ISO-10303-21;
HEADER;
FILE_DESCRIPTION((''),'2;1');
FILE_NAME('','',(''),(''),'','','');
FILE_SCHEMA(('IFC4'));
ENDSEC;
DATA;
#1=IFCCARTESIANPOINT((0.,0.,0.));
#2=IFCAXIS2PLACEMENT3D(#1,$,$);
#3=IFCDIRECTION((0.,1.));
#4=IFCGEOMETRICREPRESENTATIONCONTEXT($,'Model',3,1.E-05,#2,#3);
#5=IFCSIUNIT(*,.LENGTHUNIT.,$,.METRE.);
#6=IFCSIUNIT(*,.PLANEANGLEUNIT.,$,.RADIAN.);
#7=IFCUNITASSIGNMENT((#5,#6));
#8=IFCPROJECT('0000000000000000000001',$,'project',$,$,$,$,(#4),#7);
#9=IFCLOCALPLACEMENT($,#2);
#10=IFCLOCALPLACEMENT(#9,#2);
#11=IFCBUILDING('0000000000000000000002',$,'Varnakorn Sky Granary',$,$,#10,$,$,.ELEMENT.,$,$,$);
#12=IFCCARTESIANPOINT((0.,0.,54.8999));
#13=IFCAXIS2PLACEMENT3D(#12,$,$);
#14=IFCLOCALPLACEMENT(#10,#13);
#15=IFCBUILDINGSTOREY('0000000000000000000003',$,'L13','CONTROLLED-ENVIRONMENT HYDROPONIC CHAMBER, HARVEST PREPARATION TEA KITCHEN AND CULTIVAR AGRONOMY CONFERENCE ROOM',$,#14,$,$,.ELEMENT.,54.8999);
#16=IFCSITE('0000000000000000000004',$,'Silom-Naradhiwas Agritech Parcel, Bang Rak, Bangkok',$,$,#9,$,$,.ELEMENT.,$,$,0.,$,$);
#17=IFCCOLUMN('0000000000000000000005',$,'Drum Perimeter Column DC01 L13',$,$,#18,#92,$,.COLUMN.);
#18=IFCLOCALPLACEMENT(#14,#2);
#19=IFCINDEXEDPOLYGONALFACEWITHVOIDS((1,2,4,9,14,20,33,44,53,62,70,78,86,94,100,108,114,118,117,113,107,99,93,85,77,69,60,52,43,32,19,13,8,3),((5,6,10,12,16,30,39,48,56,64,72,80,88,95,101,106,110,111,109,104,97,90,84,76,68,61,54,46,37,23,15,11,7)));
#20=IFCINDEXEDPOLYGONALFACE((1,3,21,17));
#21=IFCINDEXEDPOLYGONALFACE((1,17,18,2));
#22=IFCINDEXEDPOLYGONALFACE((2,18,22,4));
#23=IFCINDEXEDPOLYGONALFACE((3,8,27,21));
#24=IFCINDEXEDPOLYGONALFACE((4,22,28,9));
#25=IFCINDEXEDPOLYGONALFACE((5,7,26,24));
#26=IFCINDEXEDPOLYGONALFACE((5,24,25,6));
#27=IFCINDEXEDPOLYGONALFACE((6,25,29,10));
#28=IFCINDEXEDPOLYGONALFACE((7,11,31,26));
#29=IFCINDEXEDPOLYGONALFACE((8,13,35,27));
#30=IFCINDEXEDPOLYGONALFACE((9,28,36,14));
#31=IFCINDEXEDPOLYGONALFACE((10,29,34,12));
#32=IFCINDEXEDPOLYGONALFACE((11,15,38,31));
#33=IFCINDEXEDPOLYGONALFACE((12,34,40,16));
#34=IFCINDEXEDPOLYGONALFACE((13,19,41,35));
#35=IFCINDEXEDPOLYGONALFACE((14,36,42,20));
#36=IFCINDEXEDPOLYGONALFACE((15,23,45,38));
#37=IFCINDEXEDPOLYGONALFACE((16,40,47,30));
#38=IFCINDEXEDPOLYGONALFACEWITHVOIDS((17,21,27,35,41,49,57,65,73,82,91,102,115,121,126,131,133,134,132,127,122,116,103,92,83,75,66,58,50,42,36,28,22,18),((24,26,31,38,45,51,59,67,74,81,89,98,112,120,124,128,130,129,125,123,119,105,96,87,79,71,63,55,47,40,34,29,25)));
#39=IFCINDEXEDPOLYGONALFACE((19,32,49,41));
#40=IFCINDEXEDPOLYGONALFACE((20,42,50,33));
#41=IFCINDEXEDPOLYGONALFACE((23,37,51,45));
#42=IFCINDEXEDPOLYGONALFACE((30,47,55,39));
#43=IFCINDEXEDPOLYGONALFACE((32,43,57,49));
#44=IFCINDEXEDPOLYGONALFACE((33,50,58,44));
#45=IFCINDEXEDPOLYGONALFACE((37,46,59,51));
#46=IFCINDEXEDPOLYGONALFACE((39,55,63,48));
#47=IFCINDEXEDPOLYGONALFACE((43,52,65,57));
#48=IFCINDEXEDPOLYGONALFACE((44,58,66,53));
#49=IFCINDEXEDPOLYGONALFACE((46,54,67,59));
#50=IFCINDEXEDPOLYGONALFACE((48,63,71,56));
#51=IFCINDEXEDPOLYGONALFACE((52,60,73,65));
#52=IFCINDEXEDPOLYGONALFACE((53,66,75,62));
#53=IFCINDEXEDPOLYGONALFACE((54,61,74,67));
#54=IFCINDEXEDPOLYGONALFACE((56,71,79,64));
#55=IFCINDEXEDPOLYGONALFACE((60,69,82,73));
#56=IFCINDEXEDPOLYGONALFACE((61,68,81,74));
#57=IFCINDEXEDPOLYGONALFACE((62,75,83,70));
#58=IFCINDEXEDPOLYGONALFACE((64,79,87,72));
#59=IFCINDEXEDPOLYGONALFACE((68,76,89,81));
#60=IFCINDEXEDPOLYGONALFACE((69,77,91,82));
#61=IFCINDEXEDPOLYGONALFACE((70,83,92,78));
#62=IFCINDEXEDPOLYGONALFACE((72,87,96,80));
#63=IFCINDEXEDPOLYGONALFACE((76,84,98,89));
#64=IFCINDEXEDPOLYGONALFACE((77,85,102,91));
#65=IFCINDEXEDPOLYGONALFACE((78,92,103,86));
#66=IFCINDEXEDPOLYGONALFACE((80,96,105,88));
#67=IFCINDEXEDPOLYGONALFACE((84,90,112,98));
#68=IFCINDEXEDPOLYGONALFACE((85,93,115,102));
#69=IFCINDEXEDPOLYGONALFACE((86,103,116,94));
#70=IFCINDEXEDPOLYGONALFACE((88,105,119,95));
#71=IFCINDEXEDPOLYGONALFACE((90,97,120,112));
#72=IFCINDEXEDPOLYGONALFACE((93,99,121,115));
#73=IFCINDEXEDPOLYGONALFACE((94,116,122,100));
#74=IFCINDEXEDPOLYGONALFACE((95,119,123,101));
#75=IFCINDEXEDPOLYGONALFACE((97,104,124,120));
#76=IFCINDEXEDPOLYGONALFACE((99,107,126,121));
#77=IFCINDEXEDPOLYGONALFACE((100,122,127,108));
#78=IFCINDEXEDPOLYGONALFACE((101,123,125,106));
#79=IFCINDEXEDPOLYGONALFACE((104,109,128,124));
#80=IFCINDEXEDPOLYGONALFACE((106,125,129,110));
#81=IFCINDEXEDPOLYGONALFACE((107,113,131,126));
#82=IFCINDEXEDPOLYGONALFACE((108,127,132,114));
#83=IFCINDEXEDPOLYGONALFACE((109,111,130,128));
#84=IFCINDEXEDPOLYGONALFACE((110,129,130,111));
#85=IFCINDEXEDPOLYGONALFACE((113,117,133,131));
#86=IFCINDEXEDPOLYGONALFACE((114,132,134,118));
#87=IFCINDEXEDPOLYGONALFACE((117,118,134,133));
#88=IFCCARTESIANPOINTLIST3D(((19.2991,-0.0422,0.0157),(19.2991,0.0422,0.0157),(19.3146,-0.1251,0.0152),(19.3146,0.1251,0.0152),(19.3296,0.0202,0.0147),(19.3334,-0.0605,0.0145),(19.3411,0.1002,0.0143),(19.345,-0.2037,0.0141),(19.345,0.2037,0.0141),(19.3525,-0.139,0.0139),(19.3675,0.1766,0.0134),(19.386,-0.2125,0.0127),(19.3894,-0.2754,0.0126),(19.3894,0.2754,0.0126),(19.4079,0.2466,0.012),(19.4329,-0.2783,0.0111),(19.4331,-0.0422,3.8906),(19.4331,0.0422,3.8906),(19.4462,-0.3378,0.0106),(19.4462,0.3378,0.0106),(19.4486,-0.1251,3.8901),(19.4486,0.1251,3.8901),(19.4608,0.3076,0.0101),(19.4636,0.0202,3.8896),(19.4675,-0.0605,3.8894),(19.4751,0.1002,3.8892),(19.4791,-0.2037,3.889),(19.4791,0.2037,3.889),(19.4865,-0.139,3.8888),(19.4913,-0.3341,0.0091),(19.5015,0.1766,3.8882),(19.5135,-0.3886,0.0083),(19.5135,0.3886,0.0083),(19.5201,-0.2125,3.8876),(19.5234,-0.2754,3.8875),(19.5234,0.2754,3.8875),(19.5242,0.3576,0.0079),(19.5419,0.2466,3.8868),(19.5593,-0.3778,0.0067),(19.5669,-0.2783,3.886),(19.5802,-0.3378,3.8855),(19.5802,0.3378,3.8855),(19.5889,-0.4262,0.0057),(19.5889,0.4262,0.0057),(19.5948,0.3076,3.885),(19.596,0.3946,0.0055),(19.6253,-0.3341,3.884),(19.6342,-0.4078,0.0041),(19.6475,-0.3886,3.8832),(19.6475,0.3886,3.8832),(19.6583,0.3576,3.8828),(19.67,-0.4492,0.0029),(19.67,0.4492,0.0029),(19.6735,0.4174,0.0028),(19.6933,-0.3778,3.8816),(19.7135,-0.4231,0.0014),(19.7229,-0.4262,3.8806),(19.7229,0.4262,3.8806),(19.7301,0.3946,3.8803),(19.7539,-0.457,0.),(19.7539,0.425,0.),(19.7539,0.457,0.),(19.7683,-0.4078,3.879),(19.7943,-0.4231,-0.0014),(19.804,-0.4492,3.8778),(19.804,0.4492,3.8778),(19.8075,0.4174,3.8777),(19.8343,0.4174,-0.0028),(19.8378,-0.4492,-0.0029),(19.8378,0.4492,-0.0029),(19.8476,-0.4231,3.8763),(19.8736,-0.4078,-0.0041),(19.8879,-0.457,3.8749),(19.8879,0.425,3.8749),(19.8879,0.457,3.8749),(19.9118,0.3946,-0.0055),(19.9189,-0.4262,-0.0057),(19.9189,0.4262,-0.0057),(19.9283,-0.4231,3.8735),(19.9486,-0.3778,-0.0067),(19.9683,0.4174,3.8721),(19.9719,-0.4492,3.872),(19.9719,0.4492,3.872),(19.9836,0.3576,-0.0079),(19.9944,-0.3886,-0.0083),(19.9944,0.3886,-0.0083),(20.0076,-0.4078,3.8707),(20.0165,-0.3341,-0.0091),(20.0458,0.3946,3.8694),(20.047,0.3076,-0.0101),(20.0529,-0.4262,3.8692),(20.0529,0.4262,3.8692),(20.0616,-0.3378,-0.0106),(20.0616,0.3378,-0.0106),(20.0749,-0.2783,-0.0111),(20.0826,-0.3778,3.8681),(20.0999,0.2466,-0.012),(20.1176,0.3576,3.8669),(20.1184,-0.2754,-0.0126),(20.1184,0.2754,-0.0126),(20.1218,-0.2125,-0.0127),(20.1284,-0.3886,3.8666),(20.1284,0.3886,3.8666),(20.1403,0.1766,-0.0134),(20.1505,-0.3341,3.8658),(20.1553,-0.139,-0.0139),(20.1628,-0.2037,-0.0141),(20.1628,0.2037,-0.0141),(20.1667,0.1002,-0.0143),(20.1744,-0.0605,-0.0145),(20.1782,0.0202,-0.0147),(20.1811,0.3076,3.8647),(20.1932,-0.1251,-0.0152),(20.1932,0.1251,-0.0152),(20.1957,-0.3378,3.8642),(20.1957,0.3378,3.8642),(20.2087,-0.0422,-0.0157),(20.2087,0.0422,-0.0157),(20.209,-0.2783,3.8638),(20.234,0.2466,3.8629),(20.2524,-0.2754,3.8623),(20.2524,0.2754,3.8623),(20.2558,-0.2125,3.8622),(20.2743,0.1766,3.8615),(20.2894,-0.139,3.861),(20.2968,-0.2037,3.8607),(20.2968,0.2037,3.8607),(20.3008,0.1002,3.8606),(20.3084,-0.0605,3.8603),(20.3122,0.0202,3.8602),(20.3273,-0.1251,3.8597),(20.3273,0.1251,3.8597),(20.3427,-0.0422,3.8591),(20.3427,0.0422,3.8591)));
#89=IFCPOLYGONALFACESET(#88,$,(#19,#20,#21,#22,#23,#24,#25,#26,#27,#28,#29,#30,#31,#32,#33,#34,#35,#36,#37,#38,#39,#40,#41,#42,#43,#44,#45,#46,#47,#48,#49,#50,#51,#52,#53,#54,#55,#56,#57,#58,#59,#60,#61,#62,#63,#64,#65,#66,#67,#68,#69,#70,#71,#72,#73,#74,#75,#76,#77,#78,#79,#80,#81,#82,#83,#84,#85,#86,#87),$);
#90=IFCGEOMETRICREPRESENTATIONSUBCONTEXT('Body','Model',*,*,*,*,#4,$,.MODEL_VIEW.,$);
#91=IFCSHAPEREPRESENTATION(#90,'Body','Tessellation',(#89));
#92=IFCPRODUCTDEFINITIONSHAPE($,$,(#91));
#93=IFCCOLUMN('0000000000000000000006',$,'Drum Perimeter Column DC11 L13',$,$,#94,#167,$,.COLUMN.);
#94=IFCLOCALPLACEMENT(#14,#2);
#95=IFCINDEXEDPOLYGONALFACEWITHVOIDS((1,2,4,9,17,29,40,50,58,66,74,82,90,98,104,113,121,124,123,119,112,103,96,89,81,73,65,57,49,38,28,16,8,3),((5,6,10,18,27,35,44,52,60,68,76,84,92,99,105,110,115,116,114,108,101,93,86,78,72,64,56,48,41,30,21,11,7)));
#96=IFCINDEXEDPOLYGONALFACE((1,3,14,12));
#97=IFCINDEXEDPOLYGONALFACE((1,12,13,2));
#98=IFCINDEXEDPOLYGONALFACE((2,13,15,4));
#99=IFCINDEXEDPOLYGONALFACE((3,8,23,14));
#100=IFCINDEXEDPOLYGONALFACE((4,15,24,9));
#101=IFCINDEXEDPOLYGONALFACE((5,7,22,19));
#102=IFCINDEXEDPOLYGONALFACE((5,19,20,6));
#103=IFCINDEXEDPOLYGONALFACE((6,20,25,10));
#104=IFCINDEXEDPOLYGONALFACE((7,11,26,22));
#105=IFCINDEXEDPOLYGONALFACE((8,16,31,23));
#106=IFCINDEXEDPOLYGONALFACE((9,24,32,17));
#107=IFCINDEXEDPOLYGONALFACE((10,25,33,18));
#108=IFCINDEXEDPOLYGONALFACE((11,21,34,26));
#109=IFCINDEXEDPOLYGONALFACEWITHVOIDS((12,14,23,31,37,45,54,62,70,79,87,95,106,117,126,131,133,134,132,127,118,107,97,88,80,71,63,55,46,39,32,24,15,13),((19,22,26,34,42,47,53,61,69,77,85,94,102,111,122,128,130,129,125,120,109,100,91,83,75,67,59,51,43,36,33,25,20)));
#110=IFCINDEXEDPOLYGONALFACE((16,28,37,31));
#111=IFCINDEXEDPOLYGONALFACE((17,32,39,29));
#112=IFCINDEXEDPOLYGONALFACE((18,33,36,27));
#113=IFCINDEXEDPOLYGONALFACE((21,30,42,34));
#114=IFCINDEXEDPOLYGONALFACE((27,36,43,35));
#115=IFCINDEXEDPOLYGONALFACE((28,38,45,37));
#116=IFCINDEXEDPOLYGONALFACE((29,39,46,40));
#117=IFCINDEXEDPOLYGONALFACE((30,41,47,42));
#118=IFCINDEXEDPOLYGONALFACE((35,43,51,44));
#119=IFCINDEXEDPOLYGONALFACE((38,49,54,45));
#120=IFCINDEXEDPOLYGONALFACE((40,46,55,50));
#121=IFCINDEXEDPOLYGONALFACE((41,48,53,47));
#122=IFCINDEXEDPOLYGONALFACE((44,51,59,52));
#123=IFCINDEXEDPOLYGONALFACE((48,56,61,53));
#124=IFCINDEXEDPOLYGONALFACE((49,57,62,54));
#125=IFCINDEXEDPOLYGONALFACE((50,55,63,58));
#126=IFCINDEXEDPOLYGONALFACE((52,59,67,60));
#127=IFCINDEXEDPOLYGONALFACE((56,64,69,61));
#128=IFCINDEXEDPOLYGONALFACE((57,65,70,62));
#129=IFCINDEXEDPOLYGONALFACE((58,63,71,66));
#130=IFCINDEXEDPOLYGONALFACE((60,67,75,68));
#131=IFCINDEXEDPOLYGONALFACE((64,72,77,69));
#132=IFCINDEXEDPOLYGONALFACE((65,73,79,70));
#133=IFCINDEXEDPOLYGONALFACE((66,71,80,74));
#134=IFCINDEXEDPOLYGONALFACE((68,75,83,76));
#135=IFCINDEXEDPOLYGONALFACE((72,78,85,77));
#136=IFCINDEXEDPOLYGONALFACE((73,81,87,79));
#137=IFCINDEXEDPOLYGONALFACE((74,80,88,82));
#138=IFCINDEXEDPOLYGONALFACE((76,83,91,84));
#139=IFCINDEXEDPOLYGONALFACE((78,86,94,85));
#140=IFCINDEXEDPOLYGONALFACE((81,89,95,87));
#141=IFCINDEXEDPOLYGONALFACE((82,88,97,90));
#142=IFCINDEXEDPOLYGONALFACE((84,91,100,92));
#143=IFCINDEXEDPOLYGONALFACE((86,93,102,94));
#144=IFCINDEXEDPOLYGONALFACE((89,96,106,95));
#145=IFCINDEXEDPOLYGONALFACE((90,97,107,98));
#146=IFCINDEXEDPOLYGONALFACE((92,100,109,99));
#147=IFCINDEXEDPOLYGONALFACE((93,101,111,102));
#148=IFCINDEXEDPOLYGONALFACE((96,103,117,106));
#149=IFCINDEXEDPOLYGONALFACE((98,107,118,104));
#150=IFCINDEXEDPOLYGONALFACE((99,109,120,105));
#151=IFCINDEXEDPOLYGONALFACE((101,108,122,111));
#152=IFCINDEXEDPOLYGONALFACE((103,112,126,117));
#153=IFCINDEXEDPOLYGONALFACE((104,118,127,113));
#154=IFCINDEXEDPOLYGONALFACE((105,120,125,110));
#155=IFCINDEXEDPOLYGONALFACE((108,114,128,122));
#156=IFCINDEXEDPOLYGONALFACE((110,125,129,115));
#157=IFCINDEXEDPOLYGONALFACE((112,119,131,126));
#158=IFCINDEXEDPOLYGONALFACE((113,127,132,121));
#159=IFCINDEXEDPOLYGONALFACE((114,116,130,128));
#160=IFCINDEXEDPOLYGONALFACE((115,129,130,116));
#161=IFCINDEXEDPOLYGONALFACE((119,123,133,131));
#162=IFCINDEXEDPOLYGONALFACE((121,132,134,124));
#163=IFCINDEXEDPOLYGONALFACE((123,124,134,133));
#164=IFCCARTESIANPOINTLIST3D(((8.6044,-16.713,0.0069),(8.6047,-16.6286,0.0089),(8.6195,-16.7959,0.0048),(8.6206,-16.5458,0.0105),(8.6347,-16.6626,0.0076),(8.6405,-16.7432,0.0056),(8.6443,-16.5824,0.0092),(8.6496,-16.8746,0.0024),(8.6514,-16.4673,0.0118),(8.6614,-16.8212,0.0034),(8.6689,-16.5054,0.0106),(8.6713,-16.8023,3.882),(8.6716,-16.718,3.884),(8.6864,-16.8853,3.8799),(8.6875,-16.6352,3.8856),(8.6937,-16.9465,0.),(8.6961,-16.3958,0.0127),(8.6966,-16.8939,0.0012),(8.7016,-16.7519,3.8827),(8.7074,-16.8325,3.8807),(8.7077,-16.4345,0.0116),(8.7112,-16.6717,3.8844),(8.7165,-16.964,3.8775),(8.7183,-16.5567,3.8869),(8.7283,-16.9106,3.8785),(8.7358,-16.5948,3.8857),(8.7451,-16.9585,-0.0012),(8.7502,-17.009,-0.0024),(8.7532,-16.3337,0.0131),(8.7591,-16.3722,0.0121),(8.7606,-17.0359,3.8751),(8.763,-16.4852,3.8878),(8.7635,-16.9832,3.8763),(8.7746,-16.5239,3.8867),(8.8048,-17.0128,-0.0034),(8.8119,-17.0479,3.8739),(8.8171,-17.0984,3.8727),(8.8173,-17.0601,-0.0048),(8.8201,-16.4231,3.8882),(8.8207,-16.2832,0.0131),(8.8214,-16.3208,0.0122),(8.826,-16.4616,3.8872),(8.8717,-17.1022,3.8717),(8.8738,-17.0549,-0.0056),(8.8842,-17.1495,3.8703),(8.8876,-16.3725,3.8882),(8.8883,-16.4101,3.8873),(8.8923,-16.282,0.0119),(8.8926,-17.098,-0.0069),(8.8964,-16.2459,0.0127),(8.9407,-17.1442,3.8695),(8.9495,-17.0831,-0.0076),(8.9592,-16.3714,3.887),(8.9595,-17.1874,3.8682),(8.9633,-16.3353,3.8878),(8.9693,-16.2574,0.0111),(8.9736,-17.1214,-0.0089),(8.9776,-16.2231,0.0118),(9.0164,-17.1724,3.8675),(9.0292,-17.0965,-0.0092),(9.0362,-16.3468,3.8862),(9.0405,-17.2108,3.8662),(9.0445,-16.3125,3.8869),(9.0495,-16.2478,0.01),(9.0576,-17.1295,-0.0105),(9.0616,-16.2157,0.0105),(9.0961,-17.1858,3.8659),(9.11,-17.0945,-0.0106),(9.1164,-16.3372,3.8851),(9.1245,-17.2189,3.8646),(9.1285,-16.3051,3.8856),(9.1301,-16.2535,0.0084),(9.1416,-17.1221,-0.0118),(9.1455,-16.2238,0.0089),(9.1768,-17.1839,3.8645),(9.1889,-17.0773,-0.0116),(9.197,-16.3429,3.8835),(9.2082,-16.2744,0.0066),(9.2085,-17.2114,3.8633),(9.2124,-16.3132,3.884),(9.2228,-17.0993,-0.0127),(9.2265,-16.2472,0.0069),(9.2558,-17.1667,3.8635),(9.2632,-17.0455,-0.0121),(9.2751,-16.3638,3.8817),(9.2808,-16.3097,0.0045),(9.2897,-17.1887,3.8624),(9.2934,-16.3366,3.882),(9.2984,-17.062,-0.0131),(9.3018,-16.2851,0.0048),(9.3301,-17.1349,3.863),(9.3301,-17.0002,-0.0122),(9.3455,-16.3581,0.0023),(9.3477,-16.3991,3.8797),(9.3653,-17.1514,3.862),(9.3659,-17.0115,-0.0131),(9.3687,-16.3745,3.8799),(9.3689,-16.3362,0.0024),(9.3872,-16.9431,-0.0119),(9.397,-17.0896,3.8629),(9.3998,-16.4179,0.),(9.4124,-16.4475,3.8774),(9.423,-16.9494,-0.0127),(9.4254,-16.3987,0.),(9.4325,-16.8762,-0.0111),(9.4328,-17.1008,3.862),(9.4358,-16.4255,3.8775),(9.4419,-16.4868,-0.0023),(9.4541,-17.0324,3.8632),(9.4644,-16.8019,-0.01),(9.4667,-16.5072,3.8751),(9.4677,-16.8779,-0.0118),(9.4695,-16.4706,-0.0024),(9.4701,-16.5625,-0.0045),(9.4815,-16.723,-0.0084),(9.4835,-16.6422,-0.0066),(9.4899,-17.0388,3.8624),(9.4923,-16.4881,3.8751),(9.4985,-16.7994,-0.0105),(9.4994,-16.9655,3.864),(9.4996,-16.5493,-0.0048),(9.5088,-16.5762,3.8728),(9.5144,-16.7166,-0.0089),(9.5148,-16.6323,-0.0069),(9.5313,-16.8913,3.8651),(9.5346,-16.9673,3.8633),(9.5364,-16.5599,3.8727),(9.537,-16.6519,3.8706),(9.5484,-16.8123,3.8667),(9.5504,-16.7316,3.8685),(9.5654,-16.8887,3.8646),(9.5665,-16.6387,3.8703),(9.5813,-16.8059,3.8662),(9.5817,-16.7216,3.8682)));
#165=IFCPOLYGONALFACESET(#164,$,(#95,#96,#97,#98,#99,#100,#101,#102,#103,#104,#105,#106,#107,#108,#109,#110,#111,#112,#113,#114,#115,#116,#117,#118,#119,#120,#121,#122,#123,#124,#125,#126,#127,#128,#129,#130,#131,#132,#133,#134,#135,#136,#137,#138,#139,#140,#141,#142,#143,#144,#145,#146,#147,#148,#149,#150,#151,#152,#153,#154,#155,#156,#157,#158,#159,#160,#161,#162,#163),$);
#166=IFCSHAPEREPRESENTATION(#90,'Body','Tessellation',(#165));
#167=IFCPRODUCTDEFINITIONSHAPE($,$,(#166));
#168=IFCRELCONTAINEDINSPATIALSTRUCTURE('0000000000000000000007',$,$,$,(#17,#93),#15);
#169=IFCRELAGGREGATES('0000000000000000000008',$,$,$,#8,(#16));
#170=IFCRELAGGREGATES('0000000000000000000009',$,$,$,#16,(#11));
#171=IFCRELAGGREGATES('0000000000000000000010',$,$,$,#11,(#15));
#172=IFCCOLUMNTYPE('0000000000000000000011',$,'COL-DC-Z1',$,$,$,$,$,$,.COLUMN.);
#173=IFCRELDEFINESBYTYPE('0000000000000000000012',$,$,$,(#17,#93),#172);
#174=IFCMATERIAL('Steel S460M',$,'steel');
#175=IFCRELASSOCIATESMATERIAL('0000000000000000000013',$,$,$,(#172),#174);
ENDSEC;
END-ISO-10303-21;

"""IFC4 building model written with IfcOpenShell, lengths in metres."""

from ifc_helpers import new_model, si_unit, direction, frame, origin, origin_2d, place, context, subcontext, project, spatial, hollow_circle, extrude, material, material_profile, profile_set, type_object, element, save


model = new_model("IFC4")

# Units and contexts
model_context = context("Model", 3, precision=1e-05, world=origin(), true_north=direction((0.0, 1.0)))
body_context = subcontext(model_context, "Body", "Model", "MODEL_VIEW")
ifc_project = project(units=[si_unit("LENGTHUNIT", "METRE"), si_unit("PLANEANGLEUNIT", "RADIAN")], contexts=[model_context])

# Site, building, storey
site_placement = place(None, origin())
site = spatial("IfcSite", under=ifc_project, at=site_placement, Name="Silom-Naradhiwas Agritech Parcel, Bang Rak, Bangkok", CompositionType="ELEMENT", RefElevation=0.0)
building_placement = place(site_placement, origin())
building = spatial("IfcBuilding", under=site, at=building_placement, Name="Varnakorn Sky Granary", CompositionType="ELEMENT")
storey_placement = place(building_placement, frame((0.0, 0.0, 54.8999)))
storey = spatial("IfcBuildingStorey", under=building, at=storey_placement, Name="L13", Description="CONTROLLED-ENVIRONMENT HYDROPONIC CHAMBER, HARVEST PREPARATION TEA KITCHEN AND CULTIVAR AGRONOMY CONFERENCE ROOM", CompositionType="ELEMENT", Elevation=54.8999)

# Columns
ifc_material_1 = material(Name="Steel S460M", Category="steel")
ifc_material_profile_1 = material_profile(ifc_material_1, hollow_circle(Radius=0.457, WallThickness=0.032, at=origin_2d()), Name="CHS 914x32")
ifc_profile_set_1 = profile_set([ifc_material_profile_1], Name="Steel S460M")
column_type = type_object("IfcColumnType", Name="COL-DC-Z1", PredefinedType="COLUMN", material=ifc_profile_set_1)
column_1_placement = place(storey_placement, frame((19.7539, 0.0, 0.0), z_axis=(0.034569, 0.0, 0.999402), x_axis=(0.0, 1.0, 0.0)))
element("IfcColumn", 1, at=column_1_placement, inside=storey, type_object=column_type, Name="Drum Perimeter Column DC01 L13", PredefinedType="COLUMN", context=body_context, shape_type="SweptSolid", body=[
    extrude(hollow_circle(Radius=0.457, WallThickness=0.032, at=origin_2d()), origin(), (0.0, 0.0, 1.0), 3.8772),
])
column_2_placement = place(storey_placement, frame((9.0596, -16.6726, 0.0), z_axis=(0.017256, -0.02305, 0.999585), x_axis=(0.800525, 0.5993, 0.0)))
element("IfcColumn", 2, at=column_2_placement, inside=storey, type_object=column_type, Name="Drum Perimeter Column DC11 L13", PredefinedType="COLUMN", context=body_context, shape_type="SweptSolid", body=[
    extrude(hollow_circle(Radius=0.457, WallThickness=0.032, at=origin_2d()), origin(), (0.0, 0.0, 1.0), 3.8767),
])

save(model, "model.ifc")
